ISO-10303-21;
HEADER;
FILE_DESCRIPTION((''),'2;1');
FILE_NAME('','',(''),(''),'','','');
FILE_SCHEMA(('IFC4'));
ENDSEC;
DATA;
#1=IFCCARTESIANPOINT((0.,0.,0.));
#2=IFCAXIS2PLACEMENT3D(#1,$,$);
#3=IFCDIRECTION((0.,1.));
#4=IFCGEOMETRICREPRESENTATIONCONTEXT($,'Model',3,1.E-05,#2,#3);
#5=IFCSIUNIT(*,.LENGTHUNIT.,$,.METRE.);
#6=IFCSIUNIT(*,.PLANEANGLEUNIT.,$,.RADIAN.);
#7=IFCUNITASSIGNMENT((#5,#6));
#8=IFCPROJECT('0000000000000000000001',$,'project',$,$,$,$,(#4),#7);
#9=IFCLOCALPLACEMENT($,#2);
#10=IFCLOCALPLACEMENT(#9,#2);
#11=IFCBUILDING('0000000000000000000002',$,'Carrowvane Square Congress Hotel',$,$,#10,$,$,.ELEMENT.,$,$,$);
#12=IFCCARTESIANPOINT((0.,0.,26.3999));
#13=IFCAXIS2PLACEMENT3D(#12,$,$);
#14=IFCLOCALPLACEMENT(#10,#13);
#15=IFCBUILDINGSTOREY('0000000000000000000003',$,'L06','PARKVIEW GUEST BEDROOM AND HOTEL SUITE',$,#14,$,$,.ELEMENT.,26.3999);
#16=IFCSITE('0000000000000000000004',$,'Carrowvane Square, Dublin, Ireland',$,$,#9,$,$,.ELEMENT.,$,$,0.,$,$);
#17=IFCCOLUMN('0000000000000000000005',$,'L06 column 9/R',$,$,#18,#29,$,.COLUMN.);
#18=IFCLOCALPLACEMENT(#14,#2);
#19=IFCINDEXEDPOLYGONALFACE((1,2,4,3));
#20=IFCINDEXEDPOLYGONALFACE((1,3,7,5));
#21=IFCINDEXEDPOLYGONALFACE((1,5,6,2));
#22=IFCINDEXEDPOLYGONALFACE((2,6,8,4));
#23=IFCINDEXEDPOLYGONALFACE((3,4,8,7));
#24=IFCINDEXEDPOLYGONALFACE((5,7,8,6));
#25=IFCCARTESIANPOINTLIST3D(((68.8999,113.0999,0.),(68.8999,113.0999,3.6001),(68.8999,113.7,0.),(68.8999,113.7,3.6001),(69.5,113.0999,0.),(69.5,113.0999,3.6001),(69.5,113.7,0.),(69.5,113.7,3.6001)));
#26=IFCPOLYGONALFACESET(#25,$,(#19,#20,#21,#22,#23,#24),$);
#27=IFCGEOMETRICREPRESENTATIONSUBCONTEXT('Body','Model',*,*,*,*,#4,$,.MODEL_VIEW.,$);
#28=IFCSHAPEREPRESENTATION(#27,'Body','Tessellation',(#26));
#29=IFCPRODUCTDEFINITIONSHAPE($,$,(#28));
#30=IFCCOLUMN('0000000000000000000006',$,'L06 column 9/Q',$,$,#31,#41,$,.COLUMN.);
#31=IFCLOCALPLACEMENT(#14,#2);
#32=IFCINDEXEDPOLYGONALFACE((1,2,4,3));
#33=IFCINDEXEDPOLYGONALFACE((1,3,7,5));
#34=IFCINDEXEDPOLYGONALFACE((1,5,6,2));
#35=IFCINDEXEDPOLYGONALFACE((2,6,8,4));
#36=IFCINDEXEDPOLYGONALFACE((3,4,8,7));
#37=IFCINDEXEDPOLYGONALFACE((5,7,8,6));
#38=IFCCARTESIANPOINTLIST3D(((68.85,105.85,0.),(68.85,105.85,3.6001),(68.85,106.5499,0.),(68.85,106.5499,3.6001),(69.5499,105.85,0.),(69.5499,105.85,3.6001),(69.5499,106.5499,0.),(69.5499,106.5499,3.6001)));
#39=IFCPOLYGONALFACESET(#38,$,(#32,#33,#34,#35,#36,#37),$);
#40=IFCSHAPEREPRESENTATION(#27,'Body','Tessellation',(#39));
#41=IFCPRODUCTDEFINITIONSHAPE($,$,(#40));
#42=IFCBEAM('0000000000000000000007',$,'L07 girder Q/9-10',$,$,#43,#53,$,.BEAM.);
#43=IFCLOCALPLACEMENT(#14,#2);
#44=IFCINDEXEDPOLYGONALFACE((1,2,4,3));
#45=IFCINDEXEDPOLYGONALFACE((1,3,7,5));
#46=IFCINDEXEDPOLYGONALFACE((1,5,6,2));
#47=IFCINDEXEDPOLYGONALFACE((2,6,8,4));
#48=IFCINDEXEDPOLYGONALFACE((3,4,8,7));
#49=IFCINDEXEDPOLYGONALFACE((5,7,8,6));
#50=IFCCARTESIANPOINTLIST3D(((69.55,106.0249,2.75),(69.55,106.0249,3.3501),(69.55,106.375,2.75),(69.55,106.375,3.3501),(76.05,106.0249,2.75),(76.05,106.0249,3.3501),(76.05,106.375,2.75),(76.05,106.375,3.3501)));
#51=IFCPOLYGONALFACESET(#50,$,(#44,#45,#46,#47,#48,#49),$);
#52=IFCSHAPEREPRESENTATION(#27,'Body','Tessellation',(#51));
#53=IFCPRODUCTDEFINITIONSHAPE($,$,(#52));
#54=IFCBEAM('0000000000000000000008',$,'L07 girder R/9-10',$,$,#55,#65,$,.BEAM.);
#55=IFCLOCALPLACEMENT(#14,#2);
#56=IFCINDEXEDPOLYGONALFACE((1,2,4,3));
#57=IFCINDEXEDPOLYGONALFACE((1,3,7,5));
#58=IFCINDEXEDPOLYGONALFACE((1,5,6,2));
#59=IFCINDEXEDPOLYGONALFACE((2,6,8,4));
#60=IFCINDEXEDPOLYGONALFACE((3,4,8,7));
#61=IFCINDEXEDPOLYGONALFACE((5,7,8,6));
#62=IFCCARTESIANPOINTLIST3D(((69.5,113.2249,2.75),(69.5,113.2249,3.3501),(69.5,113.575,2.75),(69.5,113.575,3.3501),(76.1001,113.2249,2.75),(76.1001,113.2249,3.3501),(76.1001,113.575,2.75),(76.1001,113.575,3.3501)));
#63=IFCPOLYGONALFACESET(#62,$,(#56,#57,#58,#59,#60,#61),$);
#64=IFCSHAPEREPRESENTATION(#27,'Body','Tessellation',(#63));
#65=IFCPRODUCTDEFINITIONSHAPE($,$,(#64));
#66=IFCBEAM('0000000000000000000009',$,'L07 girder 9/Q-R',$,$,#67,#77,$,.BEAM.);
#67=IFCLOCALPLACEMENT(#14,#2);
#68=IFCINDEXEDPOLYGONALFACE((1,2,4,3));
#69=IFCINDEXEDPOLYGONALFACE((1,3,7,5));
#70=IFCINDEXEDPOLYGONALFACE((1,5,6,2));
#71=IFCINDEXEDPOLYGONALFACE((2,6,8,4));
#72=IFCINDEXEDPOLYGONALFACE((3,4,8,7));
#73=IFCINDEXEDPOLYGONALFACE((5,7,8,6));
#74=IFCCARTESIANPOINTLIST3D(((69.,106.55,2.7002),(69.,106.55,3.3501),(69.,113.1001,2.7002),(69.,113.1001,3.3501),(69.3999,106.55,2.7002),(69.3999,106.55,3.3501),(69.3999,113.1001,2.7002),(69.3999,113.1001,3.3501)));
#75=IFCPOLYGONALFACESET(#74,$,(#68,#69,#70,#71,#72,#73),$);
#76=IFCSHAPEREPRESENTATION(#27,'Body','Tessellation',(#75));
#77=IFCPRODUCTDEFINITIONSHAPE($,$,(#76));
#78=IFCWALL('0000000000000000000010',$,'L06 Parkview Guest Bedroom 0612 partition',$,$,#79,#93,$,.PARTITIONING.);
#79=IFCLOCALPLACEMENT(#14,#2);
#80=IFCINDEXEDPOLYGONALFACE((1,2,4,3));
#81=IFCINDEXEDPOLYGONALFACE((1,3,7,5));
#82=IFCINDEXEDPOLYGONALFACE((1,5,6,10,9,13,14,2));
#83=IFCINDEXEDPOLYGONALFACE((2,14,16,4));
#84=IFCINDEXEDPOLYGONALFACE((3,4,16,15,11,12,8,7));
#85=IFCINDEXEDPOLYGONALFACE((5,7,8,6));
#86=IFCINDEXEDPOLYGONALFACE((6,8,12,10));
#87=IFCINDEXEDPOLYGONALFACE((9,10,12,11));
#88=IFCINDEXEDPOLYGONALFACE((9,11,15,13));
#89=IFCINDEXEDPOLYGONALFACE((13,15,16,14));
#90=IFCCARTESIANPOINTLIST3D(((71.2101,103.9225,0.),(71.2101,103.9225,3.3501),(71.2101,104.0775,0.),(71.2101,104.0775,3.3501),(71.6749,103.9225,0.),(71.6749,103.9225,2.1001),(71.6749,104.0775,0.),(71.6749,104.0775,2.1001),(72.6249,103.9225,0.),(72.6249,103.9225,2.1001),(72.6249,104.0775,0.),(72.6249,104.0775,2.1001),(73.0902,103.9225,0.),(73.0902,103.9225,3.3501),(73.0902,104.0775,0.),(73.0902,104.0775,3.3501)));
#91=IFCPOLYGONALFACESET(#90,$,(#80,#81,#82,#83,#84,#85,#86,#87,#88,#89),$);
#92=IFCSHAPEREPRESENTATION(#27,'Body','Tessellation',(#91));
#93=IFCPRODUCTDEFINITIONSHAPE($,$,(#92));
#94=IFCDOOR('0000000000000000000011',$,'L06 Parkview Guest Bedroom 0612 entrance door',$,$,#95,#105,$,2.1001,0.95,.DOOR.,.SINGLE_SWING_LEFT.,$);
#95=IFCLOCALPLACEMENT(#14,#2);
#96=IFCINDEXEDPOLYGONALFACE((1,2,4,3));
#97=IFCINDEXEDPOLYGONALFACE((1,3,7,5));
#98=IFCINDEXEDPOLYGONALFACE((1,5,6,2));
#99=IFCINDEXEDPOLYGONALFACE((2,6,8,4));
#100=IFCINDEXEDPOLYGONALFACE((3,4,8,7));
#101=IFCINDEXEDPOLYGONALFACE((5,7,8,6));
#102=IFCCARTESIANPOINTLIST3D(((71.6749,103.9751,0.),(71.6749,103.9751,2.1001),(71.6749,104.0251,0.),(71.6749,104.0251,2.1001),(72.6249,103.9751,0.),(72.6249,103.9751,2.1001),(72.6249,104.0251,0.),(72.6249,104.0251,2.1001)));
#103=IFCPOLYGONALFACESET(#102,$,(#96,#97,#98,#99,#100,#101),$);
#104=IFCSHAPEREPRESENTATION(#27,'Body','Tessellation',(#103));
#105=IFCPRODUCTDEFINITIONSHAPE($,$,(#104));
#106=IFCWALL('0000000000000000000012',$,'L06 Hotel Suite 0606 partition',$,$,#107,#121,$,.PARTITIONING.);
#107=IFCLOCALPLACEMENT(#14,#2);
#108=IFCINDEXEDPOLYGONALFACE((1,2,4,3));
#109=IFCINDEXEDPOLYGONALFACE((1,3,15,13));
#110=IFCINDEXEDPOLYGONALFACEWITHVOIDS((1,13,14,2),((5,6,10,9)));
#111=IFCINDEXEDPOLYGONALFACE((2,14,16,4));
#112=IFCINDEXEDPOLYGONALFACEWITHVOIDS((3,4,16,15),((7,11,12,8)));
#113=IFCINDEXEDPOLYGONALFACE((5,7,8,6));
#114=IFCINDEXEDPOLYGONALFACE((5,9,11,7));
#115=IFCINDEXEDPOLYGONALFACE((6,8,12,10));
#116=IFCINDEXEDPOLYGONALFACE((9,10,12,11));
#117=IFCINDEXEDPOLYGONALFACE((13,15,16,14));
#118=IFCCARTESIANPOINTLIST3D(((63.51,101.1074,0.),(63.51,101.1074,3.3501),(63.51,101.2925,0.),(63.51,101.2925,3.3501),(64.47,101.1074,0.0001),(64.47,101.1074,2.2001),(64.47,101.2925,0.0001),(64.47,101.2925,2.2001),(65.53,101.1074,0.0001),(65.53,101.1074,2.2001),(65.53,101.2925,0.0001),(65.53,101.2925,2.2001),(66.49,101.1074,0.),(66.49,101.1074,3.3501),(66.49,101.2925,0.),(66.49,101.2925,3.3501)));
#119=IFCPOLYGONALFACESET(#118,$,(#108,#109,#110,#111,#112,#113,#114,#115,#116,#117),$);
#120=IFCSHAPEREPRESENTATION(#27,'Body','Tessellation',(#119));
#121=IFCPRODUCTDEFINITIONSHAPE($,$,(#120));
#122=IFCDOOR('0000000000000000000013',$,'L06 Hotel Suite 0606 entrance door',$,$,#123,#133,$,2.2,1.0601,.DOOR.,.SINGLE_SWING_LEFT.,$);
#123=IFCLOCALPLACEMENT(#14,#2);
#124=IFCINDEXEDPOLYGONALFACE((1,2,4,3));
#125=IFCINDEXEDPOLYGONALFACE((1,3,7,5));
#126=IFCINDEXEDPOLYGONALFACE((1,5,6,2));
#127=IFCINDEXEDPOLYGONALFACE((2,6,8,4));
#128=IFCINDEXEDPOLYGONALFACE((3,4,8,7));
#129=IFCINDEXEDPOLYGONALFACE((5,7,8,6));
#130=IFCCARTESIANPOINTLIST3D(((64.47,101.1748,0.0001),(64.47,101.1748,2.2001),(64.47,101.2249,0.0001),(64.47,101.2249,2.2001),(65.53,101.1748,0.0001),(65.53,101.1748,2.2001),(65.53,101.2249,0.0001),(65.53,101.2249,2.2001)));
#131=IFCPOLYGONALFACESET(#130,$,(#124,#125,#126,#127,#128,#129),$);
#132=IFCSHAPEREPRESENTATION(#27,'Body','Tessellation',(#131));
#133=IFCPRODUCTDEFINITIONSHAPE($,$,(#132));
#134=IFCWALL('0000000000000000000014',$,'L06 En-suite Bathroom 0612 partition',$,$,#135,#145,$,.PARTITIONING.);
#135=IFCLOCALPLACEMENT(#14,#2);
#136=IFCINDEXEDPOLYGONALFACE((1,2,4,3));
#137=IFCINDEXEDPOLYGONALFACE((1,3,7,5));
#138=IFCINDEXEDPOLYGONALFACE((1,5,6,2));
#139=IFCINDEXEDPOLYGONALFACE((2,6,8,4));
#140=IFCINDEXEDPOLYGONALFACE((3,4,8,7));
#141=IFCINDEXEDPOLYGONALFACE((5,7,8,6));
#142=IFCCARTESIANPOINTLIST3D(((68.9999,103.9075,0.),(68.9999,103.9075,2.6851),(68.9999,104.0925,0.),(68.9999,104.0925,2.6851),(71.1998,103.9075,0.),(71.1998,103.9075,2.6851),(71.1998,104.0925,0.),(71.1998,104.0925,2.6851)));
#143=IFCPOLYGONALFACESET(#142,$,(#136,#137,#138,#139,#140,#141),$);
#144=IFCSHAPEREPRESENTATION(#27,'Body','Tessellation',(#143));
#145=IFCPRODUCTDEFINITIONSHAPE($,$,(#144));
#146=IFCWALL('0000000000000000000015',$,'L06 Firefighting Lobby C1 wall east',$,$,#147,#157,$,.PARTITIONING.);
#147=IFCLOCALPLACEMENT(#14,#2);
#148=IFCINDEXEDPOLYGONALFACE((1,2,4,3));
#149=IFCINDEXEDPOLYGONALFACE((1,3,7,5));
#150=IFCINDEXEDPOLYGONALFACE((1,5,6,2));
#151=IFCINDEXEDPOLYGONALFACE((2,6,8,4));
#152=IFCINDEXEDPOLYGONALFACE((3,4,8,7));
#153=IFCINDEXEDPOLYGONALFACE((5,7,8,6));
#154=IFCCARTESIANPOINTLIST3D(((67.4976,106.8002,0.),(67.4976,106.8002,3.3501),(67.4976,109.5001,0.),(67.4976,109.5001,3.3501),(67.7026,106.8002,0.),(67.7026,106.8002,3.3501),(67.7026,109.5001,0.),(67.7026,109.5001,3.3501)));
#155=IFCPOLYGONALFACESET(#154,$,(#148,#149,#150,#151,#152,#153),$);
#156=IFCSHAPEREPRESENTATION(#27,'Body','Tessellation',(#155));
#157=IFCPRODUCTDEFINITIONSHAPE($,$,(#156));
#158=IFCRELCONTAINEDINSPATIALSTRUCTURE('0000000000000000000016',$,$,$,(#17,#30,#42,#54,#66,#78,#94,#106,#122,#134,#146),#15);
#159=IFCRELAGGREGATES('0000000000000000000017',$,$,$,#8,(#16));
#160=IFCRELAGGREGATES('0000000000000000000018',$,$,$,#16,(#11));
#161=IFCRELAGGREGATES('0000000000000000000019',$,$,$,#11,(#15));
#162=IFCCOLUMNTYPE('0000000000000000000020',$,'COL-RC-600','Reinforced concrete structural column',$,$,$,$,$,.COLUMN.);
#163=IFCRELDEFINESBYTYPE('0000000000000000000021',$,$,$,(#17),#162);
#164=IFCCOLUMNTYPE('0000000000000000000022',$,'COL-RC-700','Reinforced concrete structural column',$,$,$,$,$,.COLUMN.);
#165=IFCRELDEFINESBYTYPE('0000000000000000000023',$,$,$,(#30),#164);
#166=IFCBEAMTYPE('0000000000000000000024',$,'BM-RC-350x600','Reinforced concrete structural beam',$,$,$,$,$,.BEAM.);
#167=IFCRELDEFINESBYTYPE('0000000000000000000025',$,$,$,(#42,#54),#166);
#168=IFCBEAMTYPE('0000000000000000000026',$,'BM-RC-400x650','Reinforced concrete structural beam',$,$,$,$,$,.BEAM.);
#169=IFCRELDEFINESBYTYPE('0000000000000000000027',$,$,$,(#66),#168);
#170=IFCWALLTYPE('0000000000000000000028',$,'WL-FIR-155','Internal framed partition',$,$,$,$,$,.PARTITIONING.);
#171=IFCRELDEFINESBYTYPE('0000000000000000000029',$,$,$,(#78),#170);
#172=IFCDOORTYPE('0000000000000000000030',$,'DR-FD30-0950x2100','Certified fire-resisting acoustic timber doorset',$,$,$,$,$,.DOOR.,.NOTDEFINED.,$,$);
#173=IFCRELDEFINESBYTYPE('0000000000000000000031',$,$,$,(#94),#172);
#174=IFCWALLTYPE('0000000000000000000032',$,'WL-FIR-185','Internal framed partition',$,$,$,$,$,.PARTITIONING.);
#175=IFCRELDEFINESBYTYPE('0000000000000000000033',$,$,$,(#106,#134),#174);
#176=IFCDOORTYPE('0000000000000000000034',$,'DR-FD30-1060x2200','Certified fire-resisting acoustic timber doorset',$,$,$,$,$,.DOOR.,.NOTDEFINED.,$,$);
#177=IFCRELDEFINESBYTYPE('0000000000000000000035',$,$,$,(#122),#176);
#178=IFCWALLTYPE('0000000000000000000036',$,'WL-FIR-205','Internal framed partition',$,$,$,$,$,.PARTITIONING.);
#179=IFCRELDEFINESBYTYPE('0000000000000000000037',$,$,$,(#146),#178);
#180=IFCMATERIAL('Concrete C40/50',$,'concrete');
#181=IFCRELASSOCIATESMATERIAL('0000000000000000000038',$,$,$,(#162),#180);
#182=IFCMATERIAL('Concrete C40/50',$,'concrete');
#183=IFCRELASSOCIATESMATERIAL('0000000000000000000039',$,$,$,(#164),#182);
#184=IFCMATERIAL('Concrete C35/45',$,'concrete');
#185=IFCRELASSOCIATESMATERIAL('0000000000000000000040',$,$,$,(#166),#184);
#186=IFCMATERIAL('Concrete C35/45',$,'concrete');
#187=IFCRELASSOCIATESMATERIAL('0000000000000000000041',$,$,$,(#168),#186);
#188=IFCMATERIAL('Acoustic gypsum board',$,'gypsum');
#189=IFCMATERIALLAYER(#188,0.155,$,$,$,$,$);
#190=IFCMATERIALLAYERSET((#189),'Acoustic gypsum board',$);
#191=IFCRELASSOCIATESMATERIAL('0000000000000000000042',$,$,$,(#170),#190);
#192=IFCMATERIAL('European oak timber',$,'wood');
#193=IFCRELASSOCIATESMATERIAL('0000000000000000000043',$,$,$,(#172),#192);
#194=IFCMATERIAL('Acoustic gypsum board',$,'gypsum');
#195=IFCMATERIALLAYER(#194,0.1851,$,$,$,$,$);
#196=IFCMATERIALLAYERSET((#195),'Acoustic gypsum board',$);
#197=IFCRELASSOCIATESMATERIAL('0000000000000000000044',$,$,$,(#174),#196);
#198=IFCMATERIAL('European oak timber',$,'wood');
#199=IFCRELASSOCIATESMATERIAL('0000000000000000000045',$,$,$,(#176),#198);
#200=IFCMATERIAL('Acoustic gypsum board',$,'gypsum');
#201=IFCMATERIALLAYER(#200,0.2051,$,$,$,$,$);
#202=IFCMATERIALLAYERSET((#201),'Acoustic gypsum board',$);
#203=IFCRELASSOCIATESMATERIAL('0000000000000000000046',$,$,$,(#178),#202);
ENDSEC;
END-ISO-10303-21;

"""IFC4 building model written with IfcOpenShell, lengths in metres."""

from ifc_helpers import new_model, si_unit, direction, frame, frame_2d, origin, origin_2d, place, context, subcontext, project, spatial, rectangle, extrude, material, layer, layer_set, material_profile, profile_set, type_object, element, fill, save


model = new_model("IFC4")

# Units and contexts
model_context = context("Model", 3, precision=1e-05, world=origin(), true_north=direction((0.0, 1.0)))
body_context = subcontext(model_context, "Body", "Model", "MODEL_VIEW")
ifc_project = project(units=[si_unit("LENGTHUNIT", "METRE"), si_unit("PLANEANGLEUNIT", "RADIAN")], contexts=[model_context])

# Site, building, storey
site_placement = place(None, origin())
site = spatial("IfcSite", under=ifc_project, at=site_placement, Name="Carrowvane Square, Dublin, Ireland", CompositionType="ELEMENT", RefElevation=0.0)
building_placement = place(site_placement, origin())
building = spatial("IfcBuilding", under=site, at=building_placement, Name="Carrowvane Square Congress Hotel", CompositionType="ELEMENT")
storey_placement = place(building_placement, frame((0.0, 0.0, 26.3999)))
storey = spatial("IfcBuildingStorey", under=building, at=storey_placement, Name="L06", Description="PARKVIEW GUEST BEDROOM AND HOTEL SUITE", CompositionType="ELEMENT", Elevation=26.3999)

# Columns
ifc_material_1 = material(Name="Concrete C40/50", Category="concrete")
ifc_material_profile_1 = material_profile(ifc_material_1, rectangle(XDim=0.6001, YDim=0.6001, at=origin_2d()), Name="RC 600x600")
ifc_profile_set_1 = profile_set([ifc_material_profile_1], Name="Concrete C40/50")
column_type_1 = type_object("IfcColumnType", Name="COL-RC-600", Description="Reinforced concrete structural column", PredefinedType="COLUMN", material=ifc_profile_set_1)
column_1_placement = place(storey_placement, frame((69.2, 113.3999, 0.0), z_axis=(0.0, 0.0, 1.0), x_axis=(1.0, 0.0, 0.0)))
element("IfcColumn", 1, at=column_1_placement, inside=storey, type_object=column_type_1, Name="L06 column 9/R", PredefinedType="COLUMN", context=body_context, shape_type="SweptSolid", body=[
    extrude(rectangle(XDim=0.6001, YDim=0.6001, at=origin_2d()), origin(), (0.0, 0.0, 1.0), 3.6001),
])
ifc_material_2 = material(Name="Concrete C40/50", Category="concrete")
ifc_material_profile_2 = material_profile(ifc_material_2, rectangle(XDim=0.7, YDim=0.7, at=origin_2d()), Name="RC 700x700")
ifc_profile_set_2 = profile_set([ifc_material_profile_2], Name="Concrete C40/50")
column_type_2 = type_object("IfcColumnType", Name="COL-RC-700", Description="Reinforced concrete structural column", PredefinedType="COLUMN", material=ifc_profile_set_2)
column_2_placement = place(storey_placement, frame((69.2, 106.2, 0.0), z_axis=(0.0, 0.0, 1.0), x_axis=(1.0, 0.0, 0.0)))
element("IfcColumn", 2, at=column_2_placement, inside=storey, type_object=column_type_2, Name="L06 column 9/Q", PredefinedType="COLUMN", context=body_context, shape_type="SweptSolid", body=[
    extrude(rectangle(XDim=0.7, YDim=0.7, at=origin_2d()), origin(), (0.0, 0.0, 1.0), 3.6001),
])

# Beams
ifc_material_3 = material(Name="Concrete C35/45", Category="concrete")
ifc_material_profile_3 = material_profile(ifc_material_3, rectangle(XDim=0.3501, YDim=0.6001, at=origin_2d()), Name="RC 350x600")
ifc_profile_set_3 = profile_set([ifc_material_profile_3], Name="Concrete C35/45")
beam_type_1 = type_object("IfcBeamType", Name="BM-RC-350x600", Description="Reinforced concrete structural beam", PredefinedType="BEAM", material=ifc_profile_set_3)
beam_1_placement = place(storey_placement, frame((69.55, 106.2, 3.05), z_axis=(1.0, 0.0, 0.0), x_axis=(0.0, 1.0, 0.0)))
element("IfcBeam", 3, at=beam_1_placement, inside=storey, type_object=beam_type_1, Name="L07 girder Q/9-10", PredefinedType="BEAM", context=body_context, shape_type="SweptSolid", body=[
    extrude(rectangle(XDim=0.3501, YDim=0.6001, at=origin_2d()), origin(), (0.0, 0.0, 1.0), 6.5),
])
beam_2_placement = place(storey_placement, frame((69.5, 113.3999, 3.05), z_axis=(1.0, 0.0, 0.0), x_axis=(0.0, 1.0, 0.0)))
element("IfcBeam", 4, at=beam_2_placement, inside=storey, type_object=beam_type_1, Name="L07 girder R/9-10", PredefinedType="BEAM", context=body_context, shape_type="SweptSolid", body=[
    extrude(rectangle(XDim=0.3501, YDim=0.6001, at=origin_2d()), origin(), (0.0, 0.0, 1.0), 6.6001),
])
ifc_material_4 = material(Name="Concrete C35/45", Category="concrete")
ifc_material_profile_4 = material_profile(ifc_material_4, rectangle(XDim=0.3999, YDim=0.6499, at=origin_2d()), Name="RC 400x650")
ifc_profile_set_4 = profile_set([ifc_material_profile_4], Name="Concrete C35/45")
beam_type_2 = type_object("IfcBeamType", Name="BM-RC-400x650", Description="Reinforced concrete structural beam", PredefinedType="BEAM", material=ifc_profile_set_4)
beam_3_placement = place(storey_placement, frame((69.2, 106.55, 3.0251), z_axis=(0.0, 1.0, 0.0), x_axis=(-1.0, 0.0, 0.0)))
element("IfcBeam", 5, at=beam_3_placement, inside=storey, type_object=beam_type_2, Name="L07 girder 9/Q-R", PredefinedType="BEAM", context=body_context, shape_type="SweptSolid", body=[
    extrude(rectangle(XDim=0.3999, YDim=0.6499, at=origin_2d()), origin(), (0.0, 0.0, 1.0), 6.55),
])

# Walls, openings, doors
ifc_material_5 = material(Name="Acoustic gypsum board", Category="gypsum")
ifc_layer_1 = layer(ifc_material_5, 0.155)
ifc_layer_set_1 = layer_set([ifc_layer_1], Name="Acoustic gypsum board")
wall_type_1 = type_object("IfcWallType", Name="WL-FIR-155", Description="Internal framed partition", PredefinedType="PARTITIONING", material=ifc_layer_set_1)
wall_1_placement = place(storey_placement, frame((73.0901, 104.0, 0.0), z_axis=(0.0, 0.0, 1.0), x_axis=(-1.0, 0.0, 0.0)))
wall_1 = element("IfcWall", 6, at=wall_1_placement, inside=storey, type_object=wall_type_1, Name="L06 Parkview Guest Bedroom 0612 partition", PredefinedType="PARTITIONING", context=body_context, shape_type="SweptSolid", body=[
    extrude(rectangle(XDim=1.8801, YDim=0.155, at=frame_2d((0.9399, 0.0))), origin(), (0.0, 0.0, 1.0), 3.3501),
])
opening_1_placement = place(wall_1_placement, frame((0.4651, 0.0, 0.0)))
opening_1 = element("IfcOpeningElement", 7, at=opening_1_placement, cuts=wall_1, PredefinedType="OPENING", context=body_context, shape_type="SweptSolid", body=[
    extrude(rectangle(XDim=0.95, YDim=2.1001, at=frame_2d((0.4751, 1.05))), frame((0.0, 0.0874, 0.0), z_axis=(0.0, -1.0, 0.0), x_axis=(1.0, 0.0, 0.0)), (0.0, 0.0, 1.0), 0.175),
])
ifc_material_6 = material(Name="European oak timber", Category="wood")
door_type_1 = type_object("IfcDoorType", Name="DR-FD30-0950x2100", Description="Certified fire-resisting acoustic timber doorset", OperationType="NOTDEFINED", PredefinedType="DOOR", material=ifc_material_6)
door_1_placement = place(opening_1_placement, origin())
door_1 = element("IfcDoor", 8, at=door_1_placement, inside=storey, type_object=door_type_1, Name="L06 Parkview Guest Bedroom 0612 entrance door", OperationType="SINGLE_SWING_LEFT", OverallHeight=2.1001, OverallWidth=0.95, PredefinedType="DOOR", context=body_context, shape_type="SweptSolid", body=[
    extrude(rectangle(XDim=0.95, YDim=2.1001, at=frame_2d((0.4751, 1.05))), frame((0.0, 0.0249, 0.0), z_axis=(0.0, -1.0, 0.0), x_axis=(1.0, 0.0, 0.0)), (0.0, 0.0, 1.0), 0.05),
])
fill(opening_1, door_1)
ifc_material_7 = material(Name="Acoustic gypsum board", Category="gypsum")
ifc_layer_2 = layer(ifc_material_7, 0.1851)
ifc_layer_set_2 = layer_set([ifc_layer_2], Name="Acoustic gypsum board")
wall_type_2 = type_object("IfcWallType", Name="WL-FIR-185", Description="Internal framed partition", PredefinedType="PARTITIONING", material=ifc_layer_set_2)
wall_2_placement = place(storey_placement, frame((63.51, 101.2, 0.0), z_axis=(0.0, 0.0, 1.0), x_axis=(1.0, 0.0, 0.0)))
wall_2 = element("IfcWall", 9, at=wall_2_placement, inside=storey, type_object=wall_type_2, Name="L06 Hotel Suite 0606 partition", PredefinedType="PARTITIONING", context=body_context, shape_type="SweptSolid", body=[
    extrude(rectangle(XDim=2.98, YDim=0.1851, at=frame_2d((1.49, 0.0))), origin(), (0.0, 0.0, 1.0), 3.3501),
])
opening_2_placement = place(wall_2_placement, frame((0.96, 0.0, 0.0)))
opening_2 = element("IfcOpeningElement", 10, at=opening_2_placement, cuts=wall_2, PredefinedType="OPENING", context=body_context, shape_type="SweptSolid", body=[
    extrude(rectangle(XDim=1.0601, YDim=2.2, at=frame_2d((0.53, 1.1001))), frame((0.0, 0.1025, 0.0), z_axis=(0.0, -1.0, 0.0), x_axis=(1.0, 0.0, 0.0)), (0.0, 0.0, 1.0), 0.2051),
])
ifc_material_8 = material(Name="European oak timber", Category="wood")
door_type_2 = type_object("IfcDoorType", Name="DR-FD30-1060x2200", Description="Certified fire-resisting acoustic timber doorset", OperationType="NOTDEFINED", PredefinedType="DOOR", material=ifc_material_8)
door_2_placement = place(opening_2_placement, origin())
door_2 = element("IfcDoor", 11, at=door_2_placement, inside=storey, type_object=door_type_2, Name="L06 Hotel Suite 0606 entrance door", OperationType="SINGLE_SWING_LEFT", OverallHeight=2.2, OverallWidth=1.0601, PredefinedType="DOOR", context=body_context, shape_type="SweptSolid", body=[
    extrude(rectangle(XDim=1.0601, YDim=2.2, at=frame_2d((0.53, 1.1001))), frame((0.0, 0.0249, 0.0), z_axis=(0.0, -1.0, 0.0), x_axis=(1.0, 0.0, 0.0)), (0.0, 0.0, 1.0), 0.05),
])
fill(opening_2, door_2)

# Walls
wall_3_placement = place(storey_placement, frame((71.2, 104.0, 0.0), z_axis=(0.0, 0.0, 1.0), x_axis=(-1.0, 0.0, 0.0)))
element("IfcWall", 12, at=wall_3_placement, inside=storey, type_object=wall_type_2, Name="L06 En-suite Bathroom 0612 partition", PredefinedType="PARTITIONING", context=body_context, shape_type="SweptSolid", body=[
    extrude(rectangle(XDim=2.2, YDim=0.1851, at=frame_2d((1.1001, 0.0))), origin(), (0.0, 0.0, 1.0), 2.6851),
])
ifc_material_9 = material(Name="Acoustic gypsum board", Category="gypsum")
ifc_layer_3 = layer(ifc_material_9, 0.2051)
ifc_layer_set_3 = layer_set([ifc_layer_3], Name="Acoustic gypsum board")
wall_type_3 = type_object("IfcWallType", Name="WL-FIR-205", Description="Internal framed partition", PredefinedType="PARTITIONING", material=ifc_layer_set_3)
wall_4_placement = place(storey_placement, frame((67.6001, 106.8, 0.0), z_axis=(0.0, 0.0, 1.0), x_axis=(0.0, 1.0, 0.0)))
element("IfcWall", 13, at=wall_4_placement, inside=storey, type_object=wall_type_3, Name="L06 Firefighting Lobby C1 wall east", PredefinedType="PARTITIONING", context=body_context, shape_type="SweptSolid", body=[
    extrude(rectangle(XDim=2.7, YDim=0.2051, at=frame_2d((1.3501, 0.0))), origin(), (0.0, 0.0, 1.0), 3.3501),
])

save(model, "model.ifc")
